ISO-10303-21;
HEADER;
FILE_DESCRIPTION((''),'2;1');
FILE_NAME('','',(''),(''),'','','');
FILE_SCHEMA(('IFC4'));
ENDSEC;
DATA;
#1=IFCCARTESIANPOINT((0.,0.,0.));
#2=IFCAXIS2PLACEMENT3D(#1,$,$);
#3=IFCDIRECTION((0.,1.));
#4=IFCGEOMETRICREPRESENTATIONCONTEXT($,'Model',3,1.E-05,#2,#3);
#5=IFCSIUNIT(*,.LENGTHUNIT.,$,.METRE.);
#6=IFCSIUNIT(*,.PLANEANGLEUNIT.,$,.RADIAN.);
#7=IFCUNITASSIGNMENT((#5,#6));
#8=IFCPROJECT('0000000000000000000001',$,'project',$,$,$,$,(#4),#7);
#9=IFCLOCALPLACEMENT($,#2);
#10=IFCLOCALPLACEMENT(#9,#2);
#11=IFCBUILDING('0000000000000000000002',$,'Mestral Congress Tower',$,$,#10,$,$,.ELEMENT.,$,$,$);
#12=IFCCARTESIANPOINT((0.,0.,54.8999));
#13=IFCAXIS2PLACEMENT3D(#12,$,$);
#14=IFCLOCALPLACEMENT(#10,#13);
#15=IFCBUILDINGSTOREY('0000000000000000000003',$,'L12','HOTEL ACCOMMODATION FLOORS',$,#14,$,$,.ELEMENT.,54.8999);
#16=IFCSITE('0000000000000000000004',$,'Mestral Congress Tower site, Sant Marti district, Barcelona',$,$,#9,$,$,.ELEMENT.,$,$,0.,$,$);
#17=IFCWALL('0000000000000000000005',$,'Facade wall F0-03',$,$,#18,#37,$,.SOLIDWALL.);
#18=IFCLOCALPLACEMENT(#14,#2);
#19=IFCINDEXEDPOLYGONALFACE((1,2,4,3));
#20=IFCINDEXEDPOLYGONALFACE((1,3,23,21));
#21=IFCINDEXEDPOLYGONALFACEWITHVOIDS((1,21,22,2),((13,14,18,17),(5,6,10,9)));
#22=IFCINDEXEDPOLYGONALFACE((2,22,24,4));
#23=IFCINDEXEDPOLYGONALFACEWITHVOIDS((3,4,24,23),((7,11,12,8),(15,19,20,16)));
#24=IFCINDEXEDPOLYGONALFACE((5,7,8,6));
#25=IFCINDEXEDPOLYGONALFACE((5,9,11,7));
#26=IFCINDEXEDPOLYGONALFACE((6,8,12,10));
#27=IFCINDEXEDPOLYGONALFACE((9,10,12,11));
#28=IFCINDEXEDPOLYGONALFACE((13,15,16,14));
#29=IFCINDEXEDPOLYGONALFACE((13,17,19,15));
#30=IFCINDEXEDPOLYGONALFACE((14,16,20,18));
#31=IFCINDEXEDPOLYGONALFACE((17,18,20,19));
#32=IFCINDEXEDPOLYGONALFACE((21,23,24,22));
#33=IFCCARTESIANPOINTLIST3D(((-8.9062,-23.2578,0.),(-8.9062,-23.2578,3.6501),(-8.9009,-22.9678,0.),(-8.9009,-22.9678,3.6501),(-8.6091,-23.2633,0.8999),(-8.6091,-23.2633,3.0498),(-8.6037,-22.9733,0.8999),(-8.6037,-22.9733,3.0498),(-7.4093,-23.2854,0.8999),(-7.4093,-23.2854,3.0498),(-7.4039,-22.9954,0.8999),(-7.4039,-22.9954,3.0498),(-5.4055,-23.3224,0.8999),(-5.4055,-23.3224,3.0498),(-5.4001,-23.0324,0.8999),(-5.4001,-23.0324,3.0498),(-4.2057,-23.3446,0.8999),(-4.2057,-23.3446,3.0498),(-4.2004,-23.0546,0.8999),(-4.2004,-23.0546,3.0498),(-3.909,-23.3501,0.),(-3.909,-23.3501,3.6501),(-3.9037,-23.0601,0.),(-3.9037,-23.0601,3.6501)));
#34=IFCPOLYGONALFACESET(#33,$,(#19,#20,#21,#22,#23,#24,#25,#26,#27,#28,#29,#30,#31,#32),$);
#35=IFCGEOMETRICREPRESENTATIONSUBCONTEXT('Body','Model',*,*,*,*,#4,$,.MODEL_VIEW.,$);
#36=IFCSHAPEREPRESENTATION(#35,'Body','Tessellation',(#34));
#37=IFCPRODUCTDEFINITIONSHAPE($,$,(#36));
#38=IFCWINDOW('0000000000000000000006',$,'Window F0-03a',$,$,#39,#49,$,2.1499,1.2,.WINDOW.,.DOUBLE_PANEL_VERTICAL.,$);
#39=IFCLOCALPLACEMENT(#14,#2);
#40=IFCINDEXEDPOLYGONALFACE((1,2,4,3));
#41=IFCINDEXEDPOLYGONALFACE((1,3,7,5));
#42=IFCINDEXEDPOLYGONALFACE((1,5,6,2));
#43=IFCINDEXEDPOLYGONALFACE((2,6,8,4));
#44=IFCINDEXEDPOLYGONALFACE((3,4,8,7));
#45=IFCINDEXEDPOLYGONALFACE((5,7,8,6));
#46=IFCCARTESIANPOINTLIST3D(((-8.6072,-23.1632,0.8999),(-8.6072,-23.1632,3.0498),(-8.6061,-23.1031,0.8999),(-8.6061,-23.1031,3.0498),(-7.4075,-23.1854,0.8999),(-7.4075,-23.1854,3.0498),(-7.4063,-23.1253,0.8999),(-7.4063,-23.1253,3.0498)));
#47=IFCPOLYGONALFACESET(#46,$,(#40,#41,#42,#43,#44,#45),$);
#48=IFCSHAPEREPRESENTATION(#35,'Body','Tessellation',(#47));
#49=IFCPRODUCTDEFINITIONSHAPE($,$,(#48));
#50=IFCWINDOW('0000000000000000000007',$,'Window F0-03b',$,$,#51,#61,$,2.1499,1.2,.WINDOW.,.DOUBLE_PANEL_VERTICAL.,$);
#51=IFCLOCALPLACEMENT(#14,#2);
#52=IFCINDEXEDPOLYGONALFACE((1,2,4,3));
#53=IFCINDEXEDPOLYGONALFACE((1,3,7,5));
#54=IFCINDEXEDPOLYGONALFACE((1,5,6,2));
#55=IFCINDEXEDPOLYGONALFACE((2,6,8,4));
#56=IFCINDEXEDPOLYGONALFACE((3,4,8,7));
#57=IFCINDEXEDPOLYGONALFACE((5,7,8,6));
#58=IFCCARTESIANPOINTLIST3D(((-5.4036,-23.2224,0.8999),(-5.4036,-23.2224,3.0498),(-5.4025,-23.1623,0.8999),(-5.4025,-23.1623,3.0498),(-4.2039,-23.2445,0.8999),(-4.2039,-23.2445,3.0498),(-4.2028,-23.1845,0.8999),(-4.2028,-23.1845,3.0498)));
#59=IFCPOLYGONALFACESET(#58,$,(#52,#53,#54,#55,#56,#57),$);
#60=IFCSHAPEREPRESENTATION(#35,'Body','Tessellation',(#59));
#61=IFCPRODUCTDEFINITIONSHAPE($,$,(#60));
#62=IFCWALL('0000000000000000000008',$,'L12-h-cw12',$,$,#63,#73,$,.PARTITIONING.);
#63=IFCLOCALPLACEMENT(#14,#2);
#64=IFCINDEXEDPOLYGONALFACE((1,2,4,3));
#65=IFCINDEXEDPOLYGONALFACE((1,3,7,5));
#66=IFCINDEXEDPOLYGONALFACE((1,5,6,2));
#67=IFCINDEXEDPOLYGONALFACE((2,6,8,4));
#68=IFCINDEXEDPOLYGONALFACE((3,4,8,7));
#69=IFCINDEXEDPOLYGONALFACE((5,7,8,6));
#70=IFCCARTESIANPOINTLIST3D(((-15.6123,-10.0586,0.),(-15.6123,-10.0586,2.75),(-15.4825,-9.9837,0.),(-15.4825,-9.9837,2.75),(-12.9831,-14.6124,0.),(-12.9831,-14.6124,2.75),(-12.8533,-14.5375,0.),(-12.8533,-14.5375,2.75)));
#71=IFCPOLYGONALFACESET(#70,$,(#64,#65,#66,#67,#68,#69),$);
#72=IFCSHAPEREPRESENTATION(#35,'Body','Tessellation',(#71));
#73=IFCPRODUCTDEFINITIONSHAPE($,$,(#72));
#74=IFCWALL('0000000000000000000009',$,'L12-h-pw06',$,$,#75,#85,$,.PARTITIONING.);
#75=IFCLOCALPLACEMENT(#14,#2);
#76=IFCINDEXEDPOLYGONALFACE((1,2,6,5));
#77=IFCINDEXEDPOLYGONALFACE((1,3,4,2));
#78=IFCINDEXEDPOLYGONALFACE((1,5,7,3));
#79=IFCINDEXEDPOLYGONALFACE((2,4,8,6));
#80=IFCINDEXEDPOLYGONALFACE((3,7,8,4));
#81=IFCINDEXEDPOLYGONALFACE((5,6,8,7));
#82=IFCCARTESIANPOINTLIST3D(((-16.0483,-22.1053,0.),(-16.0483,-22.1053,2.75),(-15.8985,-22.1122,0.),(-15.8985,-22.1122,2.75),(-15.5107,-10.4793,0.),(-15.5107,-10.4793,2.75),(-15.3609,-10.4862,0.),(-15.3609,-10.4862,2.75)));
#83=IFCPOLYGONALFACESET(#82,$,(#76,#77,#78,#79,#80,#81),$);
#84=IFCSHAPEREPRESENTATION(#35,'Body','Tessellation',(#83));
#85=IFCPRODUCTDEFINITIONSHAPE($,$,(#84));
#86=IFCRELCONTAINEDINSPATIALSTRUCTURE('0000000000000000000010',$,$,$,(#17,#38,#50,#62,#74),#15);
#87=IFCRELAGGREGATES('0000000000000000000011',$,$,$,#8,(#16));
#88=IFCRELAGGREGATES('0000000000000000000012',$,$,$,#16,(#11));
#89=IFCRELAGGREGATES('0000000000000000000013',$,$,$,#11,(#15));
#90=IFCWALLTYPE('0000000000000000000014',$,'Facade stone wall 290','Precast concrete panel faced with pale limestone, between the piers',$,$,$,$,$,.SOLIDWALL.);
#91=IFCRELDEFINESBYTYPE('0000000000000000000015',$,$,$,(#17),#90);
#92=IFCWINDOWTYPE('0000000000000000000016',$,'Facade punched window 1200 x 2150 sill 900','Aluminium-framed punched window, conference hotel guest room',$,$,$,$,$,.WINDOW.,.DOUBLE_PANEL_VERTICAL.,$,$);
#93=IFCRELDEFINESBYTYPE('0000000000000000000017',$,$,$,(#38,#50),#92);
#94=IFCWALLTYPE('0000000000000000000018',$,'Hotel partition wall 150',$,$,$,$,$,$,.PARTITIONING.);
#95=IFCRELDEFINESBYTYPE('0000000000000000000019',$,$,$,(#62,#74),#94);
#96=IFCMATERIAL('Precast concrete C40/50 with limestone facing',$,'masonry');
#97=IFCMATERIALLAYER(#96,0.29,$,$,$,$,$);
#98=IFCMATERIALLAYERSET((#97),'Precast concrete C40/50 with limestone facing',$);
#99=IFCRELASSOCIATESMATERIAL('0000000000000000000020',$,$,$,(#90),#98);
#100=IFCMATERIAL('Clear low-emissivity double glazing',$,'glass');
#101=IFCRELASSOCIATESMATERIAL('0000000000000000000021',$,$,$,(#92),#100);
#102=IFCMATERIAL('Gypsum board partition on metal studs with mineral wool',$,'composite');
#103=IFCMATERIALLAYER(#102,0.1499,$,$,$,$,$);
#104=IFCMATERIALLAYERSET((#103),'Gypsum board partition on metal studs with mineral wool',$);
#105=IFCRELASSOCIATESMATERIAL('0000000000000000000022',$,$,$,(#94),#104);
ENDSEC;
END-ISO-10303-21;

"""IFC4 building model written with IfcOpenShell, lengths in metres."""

from ifc_helpers import new_model, si_unit, direction, frame, frame_2d, origin, place, context, subcontext, project, spatial, rectangle, extrude, material, layer, layer_set, type_object, element, fill, save


model = new_model("IFC4")

# Units and contexts
model_context = context("Model", 3, precision=1e-05, world=origin(), true_north=direction((0.0, 1.0)))
body_context = subcontext(model_context, "Body", "Model", "MODEL_VIEW")
ifc_project = project(units=[si_unit("LENGTHUNIT", "METRE"), si_unit("PLANEANGLEUNIT", "RADIAN")], contexts=[model_context])

# Site, building, storey
site_placement = place(None, origin())
site = spatial("IfcSite", under=ifc_project, at=site_placement, Name="Mestral Congress Tower site, Sant Marti district, Barcelona", CompositionType="ELEMENT", RefElevation=0.0)
building_placement = place(site_placement, origin())
building = spatial("IfcBuilding", under=site, at=building_placement, Name="Mestral Congress Tower", CompositionType="ELEMENT")
storey_placement = place(building_placement, frame((0.0, 0.0, 54.8999)))
storey = spatial("IfcBuildingStorey", under=building, at=storey_placement, Name="L12", Description="HOTEL ACCOMMODATION FLOORS", CompositionType="ELEMENT", Elevation=54.8999)

# Wall, openings, windows
ifc_material_1 = material(Name="Precast concrete C40/50 with limestone facing", Category="masonry")
ifc_layer_1 = layer(ifc_material_1, 0.29)
ifc_layer_set_1 = layer_set([ifc_layer_1], Name="Precast concrete C40/50 with limestone facing")
wall_type_1 = type_object("IfcWallType", Name="Facade stone wall 290", Description="Precast concrete panel faced with pale limestone, between the piers", PredefinedType="SOLIDWALL", material=ifc_layer_set_1)
ifc_material_2 = material(Name="Clear low-emissivity double glazing", Category="glass")
window_type = type_object("IfcWindowType", Name="Facade punched window 1200 x 2150 sill 900", Description="Aluminium-framed punched window, conference hotel guest room", PartitioningType="DOUBLE_PANEL_VERTICAL", PredefinedType="WINDOW", material=ifc_material_2)
wall_1_placement = place(storey_placement, frame((-8.9036, -23.1128, 0.0), z_axis=(0.0, 0.0, 1.0), x_axis=(0.99983, -0.018464, 0.0)))
wall_1 = element("IfcWall", 1, at=wall_1_placement, inside=storey, type_object=wall_type_1, Name="Facade wall F0-03", PredefinedType="SOLIDWALL", context=body_context, shape_type="SweptSolid", body=[
    extrude(rectangle(XDim=4.998, YDim=0.29, at=frame_2d((2.499, 0.0))), origin(), (0.0, 0.0, 1.0), 3.6501),
])
opening_1_placement = place(wall_1_placement, frame((0.2971, 0.0, 0.8999)))
opening_1 = element("IfcOpeningElement", 2, at=opening_1_placement, cuts=wall_1, PredefinedType="OPENING", context=body_context, shape_type="SweptSolid", body=[
    extrude(rectangle(XDim=1.2, YDim=2.1499, at=frame_2d((0.6001, 1.075))), frame((0.0, 0.155, 0.0), z_axis=(0.0, -1.0, 0.0), x_axis=(1.0, 0.0, 0.0)), (0.0, 0.0, 1.0), 0.3101),
])
opening_2_placement = place(wall_1_placement, frame((3.5012, 0.0, 0.8999)))
opening_2 = element("IfcOpeningElement", 3, at=opening_2_placement, cuts=wall_1, PredefinedType="OPENING", context=body_context, shape_type="SweptSolid", body=[
    extrude(rectangle(XDim=1.2, YDim=2.1499, at=frame_2d((0.6001, 1.075))), frame((0.0, 0.155, 0.0), z_axis=(0.0, -1.0, 0.0), x_axis=(1.0, 0.0, 0.0)), (0.0, 0.0, 1.0), 0.3101),
])
window_1_placement = place(opening_1_placement, origin())
window_1 = element("IfcWindow", 4, at=window_1_placement, inside=storey, type_object=window_type, Name="Window F0-03a", OverallHeight=2.1499, OverallWidth=1.2, PartitioningType="DOUBLE_PANEL_VERTICAL", PredefinedType="WINDOW", context=body_context, shape_type="SweptSolid", body=[
    extrude(rectangle(XDim=1.2, YDim=2.1499, at=frame_2d((0.6001, 1.075))), frame((0.0, 0.0151, 0.0), z_axis=(0.0, -1.0, 0.0), x_axis=(1.0, 0.0, 0.0)), (0.0, 0.0, 1.0), 0.0601),
])
fill(opening_1, window_1)
window_2_placement = place(opening_2_placement, origin())
window_2 = element("IfcWindow", 5, at=window_2_placement, inside=storey, type_object=window_type, Name="Window F0-03b", OverallHeight=2.1499, OverallWidth=1.2, PartitioningType="DOUBLE_PANEL_VERTICAL", PredefinedType="WINDOW", context=body_context, shape_type="SweptSolid", body=[
    extrude(rectangle(XDim=1.2, YDim=2.1499, at=frame_2d((0.6001, 1.075))), frame((0.0, 0.0151, 0.0), z_axis=(0.0, -1.0, 0.0), x_axis=(1.0, 0.0, 0.0)), (0.0, 0.0, 1.0), 0.0601),
])
fill(opening_2, window_2)

# Walls
ifc_material_3 = material(Name="Gypsum board partition on metal studs with mineral wool", Category="composite")
ifc_layer_2 = layer(ifc_material_3, 0.1499)
ifc_layer_set_2 = layer_set([ifc_layer_2], Name="Gypsum board partition on metal studs with mineral wool")
wall_type_2 = type_object("IfcWallType", Name="Hotel partition wall 150", PredefinedType="PARTITIONING", material=ifc_layer_set_2)
wall_2_placement = place(storey_placement, frame((-12.9182, -14.575, 0.0), z_axis=(0.0, 0.0, 1.0), x_axis=(-0.500009, 0.86602, 0.0)))
element("IfcWall", 6, at=wall_2_placement, inside=storey, type_object=wall_type_2, Name="L12-h-cw12", PredefinedType="PARTITIONING", context=body_context, shape_type="SweptSolid", body=[
    extrude(rectangle(XDim=5.2583, YDim=0.1499, at=frame_2d((2.6292, 0.0))), origin(), (0.0, 0.0, 1.0), 2.75),
])
wall_3_placement = place(storey_placement, frame((-15.9734, -22.1089, 0.0), z_axis=(0.0, 0.0, 1.0), x_axis=(0.046192, 0.998933, 0.0)))
element("IfcWall", 7, at=wall_3_placement, inside=storey, type_object=wall_type_2, Name="L12-h-pw06", PredefinedType="PARTITIONING", context=body_context, shape_type="SweptSolid", body=[
    extrude(rectangle(XDim=11.6384, YDim=0.1499, at=frame_2d((5.8193, 0.0))), origin(), (0.0, 0.0, 1.0), 2.75),
])

save(model, "model.ifc")
